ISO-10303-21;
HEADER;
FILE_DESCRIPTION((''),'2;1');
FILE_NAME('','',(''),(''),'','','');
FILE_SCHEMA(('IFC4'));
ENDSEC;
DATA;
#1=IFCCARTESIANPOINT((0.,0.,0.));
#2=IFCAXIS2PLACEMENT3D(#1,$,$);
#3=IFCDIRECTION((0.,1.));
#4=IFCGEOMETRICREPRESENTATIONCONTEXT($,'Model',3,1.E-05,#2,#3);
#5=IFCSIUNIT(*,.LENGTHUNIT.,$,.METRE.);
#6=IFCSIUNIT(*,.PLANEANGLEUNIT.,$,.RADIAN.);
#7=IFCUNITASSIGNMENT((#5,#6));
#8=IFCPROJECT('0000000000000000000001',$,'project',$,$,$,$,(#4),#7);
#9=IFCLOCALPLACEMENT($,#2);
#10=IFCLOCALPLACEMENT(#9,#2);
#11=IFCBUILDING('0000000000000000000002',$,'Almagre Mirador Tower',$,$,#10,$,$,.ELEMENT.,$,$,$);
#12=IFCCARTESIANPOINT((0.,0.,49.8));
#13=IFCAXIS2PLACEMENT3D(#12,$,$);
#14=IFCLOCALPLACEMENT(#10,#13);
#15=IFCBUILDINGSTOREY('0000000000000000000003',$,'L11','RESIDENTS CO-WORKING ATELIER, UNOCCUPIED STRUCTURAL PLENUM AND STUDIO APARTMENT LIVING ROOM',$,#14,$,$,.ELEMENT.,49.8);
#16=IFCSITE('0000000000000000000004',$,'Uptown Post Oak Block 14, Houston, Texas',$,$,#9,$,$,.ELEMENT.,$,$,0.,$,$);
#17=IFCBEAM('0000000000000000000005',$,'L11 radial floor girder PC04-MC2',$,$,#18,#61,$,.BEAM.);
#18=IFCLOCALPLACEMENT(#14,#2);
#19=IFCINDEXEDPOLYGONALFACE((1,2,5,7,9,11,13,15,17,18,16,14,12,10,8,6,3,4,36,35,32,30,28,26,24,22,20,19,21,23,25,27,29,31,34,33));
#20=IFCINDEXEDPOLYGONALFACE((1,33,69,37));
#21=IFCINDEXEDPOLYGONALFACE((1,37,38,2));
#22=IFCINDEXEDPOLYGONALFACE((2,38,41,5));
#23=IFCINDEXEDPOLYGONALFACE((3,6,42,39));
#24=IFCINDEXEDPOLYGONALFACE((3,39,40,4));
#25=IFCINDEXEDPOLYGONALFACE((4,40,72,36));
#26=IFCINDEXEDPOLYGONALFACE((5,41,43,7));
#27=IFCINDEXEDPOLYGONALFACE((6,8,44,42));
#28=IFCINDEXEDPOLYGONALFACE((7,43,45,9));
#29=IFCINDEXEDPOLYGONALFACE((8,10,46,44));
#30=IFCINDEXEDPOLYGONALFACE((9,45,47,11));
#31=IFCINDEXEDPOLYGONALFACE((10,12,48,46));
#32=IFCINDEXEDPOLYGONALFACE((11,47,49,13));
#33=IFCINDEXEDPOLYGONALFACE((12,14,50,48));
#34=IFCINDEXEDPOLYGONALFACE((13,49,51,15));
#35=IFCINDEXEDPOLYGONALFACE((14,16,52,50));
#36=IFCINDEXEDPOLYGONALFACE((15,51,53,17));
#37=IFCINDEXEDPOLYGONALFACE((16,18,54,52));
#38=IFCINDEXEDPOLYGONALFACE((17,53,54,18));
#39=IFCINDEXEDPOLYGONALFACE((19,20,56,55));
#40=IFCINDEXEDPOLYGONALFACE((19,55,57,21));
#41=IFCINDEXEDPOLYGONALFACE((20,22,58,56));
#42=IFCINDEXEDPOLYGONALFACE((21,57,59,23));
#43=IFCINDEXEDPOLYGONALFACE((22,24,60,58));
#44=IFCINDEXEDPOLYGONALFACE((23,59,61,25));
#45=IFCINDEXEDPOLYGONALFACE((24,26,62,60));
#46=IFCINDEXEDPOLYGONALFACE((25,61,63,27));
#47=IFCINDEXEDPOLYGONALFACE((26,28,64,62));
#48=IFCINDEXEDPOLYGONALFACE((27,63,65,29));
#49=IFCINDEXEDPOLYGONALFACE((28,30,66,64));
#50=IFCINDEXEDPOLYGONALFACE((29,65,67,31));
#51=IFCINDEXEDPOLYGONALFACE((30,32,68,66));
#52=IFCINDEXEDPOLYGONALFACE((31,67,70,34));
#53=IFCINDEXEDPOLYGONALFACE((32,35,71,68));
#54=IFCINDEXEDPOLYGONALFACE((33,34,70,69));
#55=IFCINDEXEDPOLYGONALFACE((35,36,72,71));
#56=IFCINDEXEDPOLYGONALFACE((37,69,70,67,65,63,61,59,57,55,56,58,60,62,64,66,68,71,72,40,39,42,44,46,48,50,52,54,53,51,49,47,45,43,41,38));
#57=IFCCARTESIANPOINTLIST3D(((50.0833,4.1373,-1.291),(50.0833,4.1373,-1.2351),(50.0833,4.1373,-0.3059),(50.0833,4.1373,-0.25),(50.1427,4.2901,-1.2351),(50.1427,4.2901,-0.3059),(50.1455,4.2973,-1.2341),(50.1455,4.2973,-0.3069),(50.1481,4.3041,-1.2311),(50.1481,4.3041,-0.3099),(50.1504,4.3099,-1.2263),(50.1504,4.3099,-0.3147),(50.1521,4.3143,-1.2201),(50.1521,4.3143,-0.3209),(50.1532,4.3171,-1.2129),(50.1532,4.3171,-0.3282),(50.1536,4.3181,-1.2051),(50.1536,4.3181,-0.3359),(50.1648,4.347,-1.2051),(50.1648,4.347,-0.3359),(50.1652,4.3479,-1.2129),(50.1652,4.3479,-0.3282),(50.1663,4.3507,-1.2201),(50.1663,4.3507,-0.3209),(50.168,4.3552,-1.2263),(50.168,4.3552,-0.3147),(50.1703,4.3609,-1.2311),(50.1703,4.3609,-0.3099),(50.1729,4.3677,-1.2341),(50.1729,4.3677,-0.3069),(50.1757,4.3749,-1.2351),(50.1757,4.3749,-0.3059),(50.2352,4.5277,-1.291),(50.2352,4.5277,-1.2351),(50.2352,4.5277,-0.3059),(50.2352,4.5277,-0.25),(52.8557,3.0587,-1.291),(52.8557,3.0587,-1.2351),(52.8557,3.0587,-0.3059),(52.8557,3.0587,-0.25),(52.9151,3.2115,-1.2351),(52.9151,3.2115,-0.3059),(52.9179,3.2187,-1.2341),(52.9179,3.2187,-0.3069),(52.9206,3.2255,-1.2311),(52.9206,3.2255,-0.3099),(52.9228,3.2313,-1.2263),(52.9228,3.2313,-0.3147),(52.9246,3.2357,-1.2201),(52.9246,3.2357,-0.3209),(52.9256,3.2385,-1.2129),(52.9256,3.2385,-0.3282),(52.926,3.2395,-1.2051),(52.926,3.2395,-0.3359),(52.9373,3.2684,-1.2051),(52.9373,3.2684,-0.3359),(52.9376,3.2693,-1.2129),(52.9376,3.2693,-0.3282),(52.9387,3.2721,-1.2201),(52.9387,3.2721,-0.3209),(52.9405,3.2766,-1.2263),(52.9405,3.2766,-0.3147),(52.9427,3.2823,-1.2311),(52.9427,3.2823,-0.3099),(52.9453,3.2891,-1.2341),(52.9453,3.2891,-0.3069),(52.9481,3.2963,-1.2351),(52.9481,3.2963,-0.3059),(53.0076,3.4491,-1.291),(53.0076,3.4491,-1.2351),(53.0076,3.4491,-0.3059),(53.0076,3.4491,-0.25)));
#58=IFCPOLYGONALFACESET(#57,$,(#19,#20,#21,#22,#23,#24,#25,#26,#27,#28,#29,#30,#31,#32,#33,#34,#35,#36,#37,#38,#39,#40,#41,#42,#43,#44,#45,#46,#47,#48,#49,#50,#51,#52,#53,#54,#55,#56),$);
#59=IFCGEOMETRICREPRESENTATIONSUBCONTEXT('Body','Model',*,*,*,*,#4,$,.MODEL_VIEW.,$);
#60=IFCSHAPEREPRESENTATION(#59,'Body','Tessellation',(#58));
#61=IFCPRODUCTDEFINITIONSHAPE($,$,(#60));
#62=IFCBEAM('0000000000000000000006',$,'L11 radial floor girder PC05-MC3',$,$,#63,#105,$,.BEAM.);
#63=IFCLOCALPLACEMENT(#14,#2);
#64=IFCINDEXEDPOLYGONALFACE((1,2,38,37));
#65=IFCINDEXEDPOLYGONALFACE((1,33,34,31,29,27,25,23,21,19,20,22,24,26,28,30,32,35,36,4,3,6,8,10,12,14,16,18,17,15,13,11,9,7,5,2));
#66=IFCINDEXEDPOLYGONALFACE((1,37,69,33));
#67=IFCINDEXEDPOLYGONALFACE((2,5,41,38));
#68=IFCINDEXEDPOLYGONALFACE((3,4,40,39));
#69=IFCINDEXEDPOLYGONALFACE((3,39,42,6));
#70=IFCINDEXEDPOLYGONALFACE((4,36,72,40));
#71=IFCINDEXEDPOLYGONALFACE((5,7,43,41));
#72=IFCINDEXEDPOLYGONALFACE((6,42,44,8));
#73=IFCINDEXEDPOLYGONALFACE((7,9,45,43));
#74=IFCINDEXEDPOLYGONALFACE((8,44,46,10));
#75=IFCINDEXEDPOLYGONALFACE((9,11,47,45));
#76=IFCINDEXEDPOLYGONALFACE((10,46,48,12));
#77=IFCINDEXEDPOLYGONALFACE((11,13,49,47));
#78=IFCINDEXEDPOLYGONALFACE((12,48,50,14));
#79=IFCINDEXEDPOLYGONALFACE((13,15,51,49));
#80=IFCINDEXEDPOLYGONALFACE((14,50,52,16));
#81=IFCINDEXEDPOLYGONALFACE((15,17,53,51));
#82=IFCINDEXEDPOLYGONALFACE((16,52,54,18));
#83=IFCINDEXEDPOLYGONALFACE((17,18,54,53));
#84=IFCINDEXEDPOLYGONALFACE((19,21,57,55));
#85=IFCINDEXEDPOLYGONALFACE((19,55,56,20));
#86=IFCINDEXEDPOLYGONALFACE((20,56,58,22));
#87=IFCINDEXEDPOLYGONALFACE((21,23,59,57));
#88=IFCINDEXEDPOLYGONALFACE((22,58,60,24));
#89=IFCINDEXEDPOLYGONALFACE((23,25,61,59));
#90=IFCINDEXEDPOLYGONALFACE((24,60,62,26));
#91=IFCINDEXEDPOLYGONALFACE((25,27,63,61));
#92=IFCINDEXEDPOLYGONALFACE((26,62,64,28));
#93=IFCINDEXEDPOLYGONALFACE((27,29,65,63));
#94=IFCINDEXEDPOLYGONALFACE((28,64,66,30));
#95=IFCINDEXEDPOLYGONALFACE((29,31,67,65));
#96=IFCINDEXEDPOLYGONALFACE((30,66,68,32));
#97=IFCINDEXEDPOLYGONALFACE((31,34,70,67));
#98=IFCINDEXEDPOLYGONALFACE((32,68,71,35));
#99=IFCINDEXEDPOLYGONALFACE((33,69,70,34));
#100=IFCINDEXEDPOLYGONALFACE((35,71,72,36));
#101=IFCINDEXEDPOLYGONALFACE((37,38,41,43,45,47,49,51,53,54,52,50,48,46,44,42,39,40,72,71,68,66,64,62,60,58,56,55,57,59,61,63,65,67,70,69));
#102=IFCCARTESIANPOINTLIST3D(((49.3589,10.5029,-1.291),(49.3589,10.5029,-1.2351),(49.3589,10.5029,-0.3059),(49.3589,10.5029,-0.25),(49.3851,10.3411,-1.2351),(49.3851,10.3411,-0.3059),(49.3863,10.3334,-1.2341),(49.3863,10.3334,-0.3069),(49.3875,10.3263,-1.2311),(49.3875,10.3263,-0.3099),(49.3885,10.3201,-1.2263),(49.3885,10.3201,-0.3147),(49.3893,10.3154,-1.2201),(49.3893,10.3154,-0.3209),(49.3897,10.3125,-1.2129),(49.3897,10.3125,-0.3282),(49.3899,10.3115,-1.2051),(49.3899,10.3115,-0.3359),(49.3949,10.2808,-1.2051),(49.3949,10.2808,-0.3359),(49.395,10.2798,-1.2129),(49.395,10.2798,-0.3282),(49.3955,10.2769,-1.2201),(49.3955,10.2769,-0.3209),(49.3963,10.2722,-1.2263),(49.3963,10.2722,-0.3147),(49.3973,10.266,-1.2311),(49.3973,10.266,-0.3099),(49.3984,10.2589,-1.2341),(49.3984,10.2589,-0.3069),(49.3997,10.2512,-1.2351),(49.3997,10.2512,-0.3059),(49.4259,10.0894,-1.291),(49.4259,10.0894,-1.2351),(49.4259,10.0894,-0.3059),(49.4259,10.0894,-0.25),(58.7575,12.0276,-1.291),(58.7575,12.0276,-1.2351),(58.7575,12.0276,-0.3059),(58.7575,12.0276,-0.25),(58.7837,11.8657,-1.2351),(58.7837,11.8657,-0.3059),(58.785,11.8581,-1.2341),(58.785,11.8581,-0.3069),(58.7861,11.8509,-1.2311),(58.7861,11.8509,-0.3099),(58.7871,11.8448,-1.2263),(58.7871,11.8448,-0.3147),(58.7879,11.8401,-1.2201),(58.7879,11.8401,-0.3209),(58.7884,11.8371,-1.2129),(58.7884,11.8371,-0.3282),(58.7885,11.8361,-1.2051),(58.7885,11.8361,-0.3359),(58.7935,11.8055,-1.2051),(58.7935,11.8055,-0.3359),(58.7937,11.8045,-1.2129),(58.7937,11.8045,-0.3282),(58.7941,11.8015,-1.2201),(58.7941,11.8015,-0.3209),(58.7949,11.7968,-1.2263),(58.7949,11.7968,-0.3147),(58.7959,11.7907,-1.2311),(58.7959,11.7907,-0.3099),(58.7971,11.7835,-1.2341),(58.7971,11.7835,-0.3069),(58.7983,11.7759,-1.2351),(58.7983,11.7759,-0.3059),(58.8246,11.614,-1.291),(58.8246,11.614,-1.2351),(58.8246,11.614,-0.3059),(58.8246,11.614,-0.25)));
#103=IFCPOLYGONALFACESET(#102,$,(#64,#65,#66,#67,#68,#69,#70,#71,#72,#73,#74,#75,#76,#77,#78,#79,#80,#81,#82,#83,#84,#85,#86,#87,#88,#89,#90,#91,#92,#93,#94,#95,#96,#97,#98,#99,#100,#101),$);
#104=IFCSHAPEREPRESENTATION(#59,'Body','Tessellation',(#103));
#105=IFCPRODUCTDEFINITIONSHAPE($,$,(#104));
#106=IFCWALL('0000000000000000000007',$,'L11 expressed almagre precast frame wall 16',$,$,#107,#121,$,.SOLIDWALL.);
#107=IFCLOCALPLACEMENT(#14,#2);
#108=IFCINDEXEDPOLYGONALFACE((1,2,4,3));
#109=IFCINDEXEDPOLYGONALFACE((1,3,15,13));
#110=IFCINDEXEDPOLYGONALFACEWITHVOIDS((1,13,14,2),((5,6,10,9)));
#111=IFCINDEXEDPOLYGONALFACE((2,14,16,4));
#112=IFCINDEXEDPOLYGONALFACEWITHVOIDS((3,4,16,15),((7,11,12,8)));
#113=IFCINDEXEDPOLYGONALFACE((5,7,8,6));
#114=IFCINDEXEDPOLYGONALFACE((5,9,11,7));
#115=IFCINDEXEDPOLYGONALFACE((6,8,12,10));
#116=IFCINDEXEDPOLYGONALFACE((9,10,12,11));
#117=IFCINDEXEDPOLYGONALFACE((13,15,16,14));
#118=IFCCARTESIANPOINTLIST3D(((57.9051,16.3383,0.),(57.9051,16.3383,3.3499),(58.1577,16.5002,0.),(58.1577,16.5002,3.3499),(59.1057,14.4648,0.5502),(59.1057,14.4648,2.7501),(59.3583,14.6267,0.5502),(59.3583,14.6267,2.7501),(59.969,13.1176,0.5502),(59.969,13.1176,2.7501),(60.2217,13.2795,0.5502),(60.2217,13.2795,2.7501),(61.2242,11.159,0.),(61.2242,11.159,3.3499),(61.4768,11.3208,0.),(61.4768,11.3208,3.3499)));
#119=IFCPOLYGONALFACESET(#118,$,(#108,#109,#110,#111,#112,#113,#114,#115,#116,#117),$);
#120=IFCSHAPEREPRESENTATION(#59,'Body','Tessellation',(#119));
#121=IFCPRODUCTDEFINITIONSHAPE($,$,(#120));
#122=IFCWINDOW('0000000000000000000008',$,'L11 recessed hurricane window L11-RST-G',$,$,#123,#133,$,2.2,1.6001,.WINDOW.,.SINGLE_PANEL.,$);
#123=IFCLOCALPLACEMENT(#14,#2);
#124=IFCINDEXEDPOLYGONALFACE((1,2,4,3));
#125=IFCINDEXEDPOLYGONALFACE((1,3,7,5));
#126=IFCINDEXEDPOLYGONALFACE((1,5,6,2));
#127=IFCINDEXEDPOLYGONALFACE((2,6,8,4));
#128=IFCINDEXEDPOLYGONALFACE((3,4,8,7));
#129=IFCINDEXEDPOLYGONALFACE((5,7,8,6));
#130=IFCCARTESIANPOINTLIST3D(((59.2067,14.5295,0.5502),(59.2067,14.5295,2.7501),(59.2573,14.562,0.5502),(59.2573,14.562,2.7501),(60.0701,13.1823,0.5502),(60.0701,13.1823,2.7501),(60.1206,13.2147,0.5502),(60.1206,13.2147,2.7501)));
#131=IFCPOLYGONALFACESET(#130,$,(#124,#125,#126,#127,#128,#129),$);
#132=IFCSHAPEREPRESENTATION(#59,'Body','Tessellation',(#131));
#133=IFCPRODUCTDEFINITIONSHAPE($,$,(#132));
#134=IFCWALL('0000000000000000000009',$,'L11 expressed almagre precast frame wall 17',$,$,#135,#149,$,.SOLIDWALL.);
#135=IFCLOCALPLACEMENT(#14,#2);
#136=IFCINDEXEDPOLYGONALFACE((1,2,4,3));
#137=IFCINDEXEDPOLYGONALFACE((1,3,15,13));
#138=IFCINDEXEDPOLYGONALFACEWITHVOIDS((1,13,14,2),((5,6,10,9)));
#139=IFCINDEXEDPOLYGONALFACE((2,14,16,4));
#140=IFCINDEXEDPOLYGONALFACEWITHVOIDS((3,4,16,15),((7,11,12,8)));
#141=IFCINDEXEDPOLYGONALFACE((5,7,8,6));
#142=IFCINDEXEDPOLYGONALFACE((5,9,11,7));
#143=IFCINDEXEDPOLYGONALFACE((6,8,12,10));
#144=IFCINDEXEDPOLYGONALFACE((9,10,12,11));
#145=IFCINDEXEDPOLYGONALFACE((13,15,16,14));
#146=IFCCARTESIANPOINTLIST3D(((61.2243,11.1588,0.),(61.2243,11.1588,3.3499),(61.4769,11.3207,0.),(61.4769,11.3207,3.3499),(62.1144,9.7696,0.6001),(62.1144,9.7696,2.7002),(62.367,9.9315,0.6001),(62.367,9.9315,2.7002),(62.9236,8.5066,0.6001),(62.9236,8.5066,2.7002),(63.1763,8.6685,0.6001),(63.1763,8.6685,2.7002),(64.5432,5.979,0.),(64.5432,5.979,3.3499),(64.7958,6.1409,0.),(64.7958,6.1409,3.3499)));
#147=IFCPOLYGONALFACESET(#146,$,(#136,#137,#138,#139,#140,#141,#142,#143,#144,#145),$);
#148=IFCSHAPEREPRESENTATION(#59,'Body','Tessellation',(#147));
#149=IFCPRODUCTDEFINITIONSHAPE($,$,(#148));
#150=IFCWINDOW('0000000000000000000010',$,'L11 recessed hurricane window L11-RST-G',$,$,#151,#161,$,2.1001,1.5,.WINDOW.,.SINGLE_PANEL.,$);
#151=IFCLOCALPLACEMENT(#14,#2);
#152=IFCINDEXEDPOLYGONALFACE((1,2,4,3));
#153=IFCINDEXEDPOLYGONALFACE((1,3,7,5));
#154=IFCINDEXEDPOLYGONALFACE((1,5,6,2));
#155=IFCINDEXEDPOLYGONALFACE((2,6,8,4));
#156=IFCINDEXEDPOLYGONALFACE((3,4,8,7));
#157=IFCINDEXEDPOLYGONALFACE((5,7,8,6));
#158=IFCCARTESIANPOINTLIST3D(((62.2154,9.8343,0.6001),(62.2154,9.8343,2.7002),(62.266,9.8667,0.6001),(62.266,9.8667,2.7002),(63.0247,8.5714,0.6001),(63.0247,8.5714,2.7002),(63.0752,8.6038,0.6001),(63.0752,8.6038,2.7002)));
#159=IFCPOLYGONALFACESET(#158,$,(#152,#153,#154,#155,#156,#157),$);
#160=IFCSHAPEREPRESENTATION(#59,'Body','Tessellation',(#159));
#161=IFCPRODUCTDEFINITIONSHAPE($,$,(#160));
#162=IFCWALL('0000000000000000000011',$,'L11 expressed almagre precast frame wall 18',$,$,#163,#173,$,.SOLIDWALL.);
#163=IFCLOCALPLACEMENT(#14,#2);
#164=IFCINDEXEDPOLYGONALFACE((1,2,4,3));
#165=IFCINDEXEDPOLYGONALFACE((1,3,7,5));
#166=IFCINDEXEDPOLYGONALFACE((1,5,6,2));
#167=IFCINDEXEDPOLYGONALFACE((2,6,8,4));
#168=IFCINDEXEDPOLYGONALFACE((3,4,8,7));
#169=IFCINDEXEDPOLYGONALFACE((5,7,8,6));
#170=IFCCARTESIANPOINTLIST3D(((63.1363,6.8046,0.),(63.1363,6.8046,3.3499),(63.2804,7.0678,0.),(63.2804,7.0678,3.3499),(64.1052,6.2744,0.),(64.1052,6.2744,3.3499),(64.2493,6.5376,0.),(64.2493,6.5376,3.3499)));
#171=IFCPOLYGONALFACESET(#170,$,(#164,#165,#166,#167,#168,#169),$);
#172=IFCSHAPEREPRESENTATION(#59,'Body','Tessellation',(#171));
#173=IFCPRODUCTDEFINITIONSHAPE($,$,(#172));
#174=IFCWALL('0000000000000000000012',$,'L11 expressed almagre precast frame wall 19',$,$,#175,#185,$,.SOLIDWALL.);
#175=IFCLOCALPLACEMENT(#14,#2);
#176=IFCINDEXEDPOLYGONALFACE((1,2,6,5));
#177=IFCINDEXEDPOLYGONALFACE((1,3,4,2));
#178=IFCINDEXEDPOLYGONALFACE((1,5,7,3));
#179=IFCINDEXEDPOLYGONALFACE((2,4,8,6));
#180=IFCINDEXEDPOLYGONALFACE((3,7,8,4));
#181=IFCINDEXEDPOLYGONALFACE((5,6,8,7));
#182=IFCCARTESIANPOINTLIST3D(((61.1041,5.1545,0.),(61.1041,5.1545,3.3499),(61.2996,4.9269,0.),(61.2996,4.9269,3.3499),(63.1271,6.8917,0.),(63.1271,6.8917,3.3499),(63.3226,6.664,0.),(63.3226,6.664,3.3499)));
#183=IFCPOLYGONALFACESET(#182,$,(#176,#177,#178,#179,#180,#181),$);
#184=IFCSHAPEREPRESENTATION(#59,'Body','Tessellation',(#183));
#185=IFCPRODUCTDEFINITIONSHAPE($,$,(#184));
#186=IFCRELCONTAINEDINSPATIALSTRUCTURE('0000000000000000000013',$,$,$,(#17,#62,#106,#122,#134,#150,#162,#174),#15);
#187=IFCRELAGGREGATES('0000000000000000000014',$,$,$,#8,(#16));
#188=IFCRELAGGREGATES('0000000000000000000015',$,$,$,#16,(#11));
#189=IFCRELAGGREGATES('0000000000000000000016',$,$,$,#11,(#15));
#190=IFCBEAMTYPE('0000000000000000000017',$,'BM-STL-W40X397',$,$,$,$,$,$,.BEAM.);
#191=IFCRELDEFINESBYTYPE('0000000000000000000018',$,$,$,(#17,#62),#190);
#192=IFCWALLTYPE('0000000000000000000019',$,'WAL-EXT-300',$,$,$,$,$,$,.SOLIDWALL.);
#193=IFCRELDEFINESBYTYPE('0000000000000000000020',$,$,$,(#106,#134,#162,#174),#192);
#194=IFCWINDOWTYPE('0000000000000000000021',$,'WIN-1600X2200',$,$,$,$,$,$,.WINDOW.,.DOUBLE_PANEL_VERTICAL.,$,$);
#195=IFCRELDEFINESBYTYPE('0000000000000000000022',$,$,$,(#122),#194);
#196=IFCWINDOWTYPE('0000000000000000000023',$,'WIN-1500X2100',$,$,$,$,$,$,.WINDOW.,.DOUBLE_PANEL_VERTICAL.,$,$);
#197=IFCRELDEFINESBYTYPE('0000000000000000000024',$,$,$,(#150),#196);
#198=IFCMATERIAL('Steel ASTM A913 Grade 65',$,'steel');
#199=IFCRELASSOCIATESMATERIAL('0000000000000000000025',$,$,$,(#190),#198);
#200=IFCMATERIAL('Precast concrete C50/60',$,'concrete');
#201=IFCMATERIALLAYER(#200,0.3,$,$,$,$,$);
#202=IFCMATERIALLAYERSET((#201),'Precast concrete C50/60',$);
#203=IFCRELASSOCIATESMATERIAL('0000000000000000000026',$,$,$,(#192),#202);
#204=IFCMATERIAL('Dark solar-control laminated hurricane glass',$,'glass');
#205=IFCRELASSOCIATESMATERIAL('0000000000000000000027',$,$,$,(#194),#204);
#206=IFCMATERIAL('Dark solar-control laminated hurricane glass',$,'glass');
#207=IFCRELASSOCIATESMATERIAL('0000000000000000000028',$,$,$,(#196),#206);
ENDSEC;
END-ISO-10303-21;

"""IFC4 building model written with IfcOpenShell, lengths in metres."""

from ifc_helpers import new_model, si_unit, direction, frame, frame_2d, origin, origin_2d, place, context, subcontext, project, spatial, rectangle, i_section, extrude, material, layer, layer_set, material_profile, profile_set, type_object, element, fill, save


model = new_model("IFC4")

# Units and contexts
model_context = context("Model", 3, precision=1e-05, world=origin(), true_north=direction((0.0, 1.0)))
body_context = subcontext(model_context, "Body", "Model", "MODEL_VIEW")
ifc_project = project(units=[si_unit("LENGTHUNIT", "METRE"), si_unit("PLANEANGLEUNIT", "RADIAN")], contexts=[model_context])

# Site, building, storey
site_placement = place(None, origin())
site = spatial("IfcSite", under=ifc_project, at=site_placement, Name="Uptown Post Oak Block 14, Houston, Texas", CompositionType="ELEMENT", RefElevation=0.0)
building_placement = place(site_placement, origin())
building = spatial("IfcBuilding", under=site, at=building_placement, Name="Almagre Mirador Tower", CompositionType="ELEMENT")
storey_placement = place(building_placement, frame((0.0, 0.0, 49.8)))
storey = spatial("IfcBuildingStorey", under=building, at=storey_placement, Name="L11", Description="RESIDENTS CO-WORKING ATELIER, UNOCCUPIED STRUCTURAL PLENUM AND STUDIO APARTMENT LIVING ROOM", CompositionType="ELEMENT", Elevation=49.8)

# Beams
ifc_material_1 = material(Name="Steel ASTM A913 Grade 65", Category="steel")
ifc_material_profile_1 = material_profile(ifc_material_1, i_section(OverallWidth=0.4189, OverallDepth=1.041, WebThickness=0.031, FlangeThickness=0.0559, FilletRadius=0.03, at=origin_2d()), Name="W40X397")
ifc_profile_set_1 = profile_set([ifc_material_profile_1], Name="Steel ASTM A913 Grade 65")
beam_type_1 = type_object("IfcBeamType", Name="BM-STL-W40X397", PredefinedType="BEAM", material=ifc_profile_set_1)
beam_1_placement = place(storey_placement, frame((52.9316, 3.2539, -0.7705), z_axis=(-0.931955, 0.362573, 0.0), x_axis=(-0.362573, -0.931955, 0.0)))
element("IfcBeam", 1, at=beam_1_placement, inside=storey, type_object=beam_type_1, Name="L11 radial floor girder PC04-MC2", PredefinedType="BEAM", context=body_context, shape_type="SweptSolid", body=[
    extrude(i_section(OverallWidth=0.4189, OverallDepth=1.041, WebThickness=0.031, FlangeThickness=0.0559, FilletRadius=0.03, at=origin_2d()), origin(), (0.0, 0.0, 1.0), 2.9749),
])
beam_2_placement = place(storey_placement, frame((58.791, 11.8208, -0.7705), z_axis=(-0.987096, -0.160127, 0.0), x_axis=(0.160127, -0.987096, 0.0)))
element("IfcBeam", 2, at=beam_2_placement, inside=storey, type_object=beam_type_1, Name="L11 radial floor girder PC05-MC3", PredefinedType="BEAM", context=body_context, shape_type="SweptSolid", body=[
    extrude(i_section(OverallWidth=0.4189, OverallDepth=1.041, WebThickness=0.031, FlangeThickness=0.0559, FilletRadius=0.03, at=origin_2d()), origin(), (0.0, 0.0, 1.0), 9.5215),
])

# Walls, openings, windows
ifc_material_2 = material(Name="Precast concrete C50/60", Category="concrete")
ifc_layer = layer(ifc_material_2, 0.3)
ifc_layer_set = layer_set([ifc_layer], Name="Precast concrete C50/60")
wall_type = type_object("IfcWallType", Name="WAL-EXT-300", PredefinedType="SOLIDWALL", material=ifc_layer_set)
wall_1_placement = place(storey_placement, frame((58.0315, 16.4192, 0.0), z_axis=(0.0, 0.0, 1.0), x_axis=(0.539543, -0.841958, 0.0)))
wall_1 = element("IfcWall", 3, at=wall_1_placement, inside=storey, type_object=wall_type, Name="L11 expressed almagre precast frame wall 16", PredefinedType="SOLIDWALL", context=body_context, shape_type="SweptSolid", body=[
    extrude(rectangle(XDim=6.1516, YDim=0.3, at=frame_2d((3.0757, 0.0))), origin(), (0.0, 0.0, 1.0), 3.3499),
])
opening_1_placement = place(wall_1_placement, frame((2.2251, 0.0, 0.55)))
opening_1 = element("IfcOpeningElement", 4, at=opening_1_placement, cuts=wall_1, PredefinedType="OPENING", context=body_context, shape_type="SweptSolid", body=[
    extrude(rectangle(XDim=1.6001, YDim=2.2, at=frame_2d((0.8, 1.1001))), frame((0.0, 0.1599, 0.0), z_axis=(0.0, -1.0, 0.0), x_axis=(1.0, 0.0, 0.0)), (0.0, 0.0, 1.0), 0.32),
])
ifc_material_3 = material(Name="Dark solar-control laminated hurricane glass", Category="glass")
window_type_1 = type_object("IfcWindowType", Name="WIN-1600X2200", PartitioningType="DOUBLE_PANEL_VERTICAL", PredefinedType="WINDOW", material=ifc_material_3)
window_1_placement = place(opening_1_placement, origin())
window_1 = element("IfcWindow", 5, at=window_1_placement, inside=storey, type_object=window_type_1, Name="L11 recessed hurricane window L11-RST-G", OverallHeight=2.2, OverallWidth=1.6001, PartitioningType="SINGLE_PANEL", PredefinedType="WINDOW", context=body_context, shape_type="SweptSolid", body=[
    extrude(rectangle(XDim=1.6001, YDim=2.2, at=frame_2d((0.8, 1.1001))), frame((0.0, 0.03, 0.0), z_axis=(0.0, -1.0, 0.0), x_axis=(1.0, 0.0, 0.0)), (0.0, 0.0, 1.0), 0.0601),
])
fill(opening_1, window_1)
wall_2_placement = place(storey_placement, frame((61.3506, 11.2397, 0.0), z_axis=(0.0, 0.0, 1.0), x_axis=(0.539497, -0.841987, 0.0)))
wall_2 = element("IfcWall", 6, at=wall_2_placement, inside=storey, type_object=wall_type, Name="L11 expressed almagre precast frame wall 17", PredefinedType="SOLIDWALL", context=body_context, shape_type="SweptSolid", body=[
    extrude(rectangle(XDim=6.1519, YDim=0.3, at=frame_2d((3.0759, 0.0))), origin(), (0.0, 0.0, 1.0), 3.3499),
])
opening_2_placement = place(wall_2_placement, frame((1.6499, 0.0, 0.6001)))
opening_2 = element("IfcOpeningElement", 7, at=opening_2_placement, cuts=wall_2, PredefinedType="OPENING", context=body_context, shape_type="SweptSolid", body=[
    extrude(rectangle(XDim=1.5, YDim=2.1001, at=frame_2d((0.75, 1.05))), frame((0.0, 0.1599, 0.0), z_axis=(0.0, -1.0, 0.0), x_axis=(1.0, 0.0, 0.0)), (0.0, 0.0, 1.0), 0.32),
])
ifc_material_4 = material(Name="Dark solar-control laminated hurricane glass", Category="glass")
window_type_2 = type_object("IfcWindowType", Name="WIN-1500X2100", PartitioningType="DOUBLE_PANEL_VERTICAL", PredefinedType="WINDOW", material=ifc_material_4)
window_2_placement = place(opening_2_placement, origin())
window_2 = element("IfcWindow", 8, at=window_2_placement, inside=storey, type_object=window_type_2, Name="L11 recessed hurricane window L11-RST-G", OverallHeight=2.1001, OverallWidth=1.5, PartitioningType="SINGLE_PANEL", PredefinedType="WINDOW", context=body_context, shape_type="SweptSolid", body=[
    extrude(rectangle(XDim=1.5, YDim=2.1001, at=frame_2d((0.75, 1.05))), frame((0.0, 0.03, 0.0), z_axis=(0.0, -1.0, 0.0), x_axis=(1.0, 0.0, 0.0)), (0.0, 0.0, 1.0), 0.0601),
])
fill(opening_2, window_2)

# Walls
wall_3_placement = place(storey_placement, frame((64.1772, 6.406, 0.0), z_axis=(0.0, 0.0, 1.0), x_axis=(-0.877236, 0.48006, 0.0)))
element("IfcWall", 9, at=wall_3_placement, inside=storey, type_object=wall_type, Name="L11 expressed almagre precast frame wall 18", PredefinedType="SOLIDWALL", context=body_context, shape_type="SweptSolid", body=[
    extrude(rectangle(XDim=1.1045, YDim=0.3, at=frame_2d((0.5522, 0.0))), origin(), (0.0, 0.0, 1.0), 3.3499),
])
wall_4_placement = place(storey_placement, frame((63.2249, 6.7778, 0.0), z_axis=(0.0, 0.0, 1.0), x_axis=(-0.758681, -0.651462, 0.0)))
element("IfcWall", 10, at=wall_4_placement, inside=storey, type_object=wall_type, Name="L11 expressed almagre precast frame wall 19", PredefinedType="SOLIDWALL", context=body_context, shape_type="SweptSolid", body=[
    extrude(rectangle(XDim=2.6665, YDim=0.3, at=frame_2d((1.3333, 0.0))), origin(), (0.0, 0.0, 1.0), 3.3499),
])

save(model, "model.ifc")
